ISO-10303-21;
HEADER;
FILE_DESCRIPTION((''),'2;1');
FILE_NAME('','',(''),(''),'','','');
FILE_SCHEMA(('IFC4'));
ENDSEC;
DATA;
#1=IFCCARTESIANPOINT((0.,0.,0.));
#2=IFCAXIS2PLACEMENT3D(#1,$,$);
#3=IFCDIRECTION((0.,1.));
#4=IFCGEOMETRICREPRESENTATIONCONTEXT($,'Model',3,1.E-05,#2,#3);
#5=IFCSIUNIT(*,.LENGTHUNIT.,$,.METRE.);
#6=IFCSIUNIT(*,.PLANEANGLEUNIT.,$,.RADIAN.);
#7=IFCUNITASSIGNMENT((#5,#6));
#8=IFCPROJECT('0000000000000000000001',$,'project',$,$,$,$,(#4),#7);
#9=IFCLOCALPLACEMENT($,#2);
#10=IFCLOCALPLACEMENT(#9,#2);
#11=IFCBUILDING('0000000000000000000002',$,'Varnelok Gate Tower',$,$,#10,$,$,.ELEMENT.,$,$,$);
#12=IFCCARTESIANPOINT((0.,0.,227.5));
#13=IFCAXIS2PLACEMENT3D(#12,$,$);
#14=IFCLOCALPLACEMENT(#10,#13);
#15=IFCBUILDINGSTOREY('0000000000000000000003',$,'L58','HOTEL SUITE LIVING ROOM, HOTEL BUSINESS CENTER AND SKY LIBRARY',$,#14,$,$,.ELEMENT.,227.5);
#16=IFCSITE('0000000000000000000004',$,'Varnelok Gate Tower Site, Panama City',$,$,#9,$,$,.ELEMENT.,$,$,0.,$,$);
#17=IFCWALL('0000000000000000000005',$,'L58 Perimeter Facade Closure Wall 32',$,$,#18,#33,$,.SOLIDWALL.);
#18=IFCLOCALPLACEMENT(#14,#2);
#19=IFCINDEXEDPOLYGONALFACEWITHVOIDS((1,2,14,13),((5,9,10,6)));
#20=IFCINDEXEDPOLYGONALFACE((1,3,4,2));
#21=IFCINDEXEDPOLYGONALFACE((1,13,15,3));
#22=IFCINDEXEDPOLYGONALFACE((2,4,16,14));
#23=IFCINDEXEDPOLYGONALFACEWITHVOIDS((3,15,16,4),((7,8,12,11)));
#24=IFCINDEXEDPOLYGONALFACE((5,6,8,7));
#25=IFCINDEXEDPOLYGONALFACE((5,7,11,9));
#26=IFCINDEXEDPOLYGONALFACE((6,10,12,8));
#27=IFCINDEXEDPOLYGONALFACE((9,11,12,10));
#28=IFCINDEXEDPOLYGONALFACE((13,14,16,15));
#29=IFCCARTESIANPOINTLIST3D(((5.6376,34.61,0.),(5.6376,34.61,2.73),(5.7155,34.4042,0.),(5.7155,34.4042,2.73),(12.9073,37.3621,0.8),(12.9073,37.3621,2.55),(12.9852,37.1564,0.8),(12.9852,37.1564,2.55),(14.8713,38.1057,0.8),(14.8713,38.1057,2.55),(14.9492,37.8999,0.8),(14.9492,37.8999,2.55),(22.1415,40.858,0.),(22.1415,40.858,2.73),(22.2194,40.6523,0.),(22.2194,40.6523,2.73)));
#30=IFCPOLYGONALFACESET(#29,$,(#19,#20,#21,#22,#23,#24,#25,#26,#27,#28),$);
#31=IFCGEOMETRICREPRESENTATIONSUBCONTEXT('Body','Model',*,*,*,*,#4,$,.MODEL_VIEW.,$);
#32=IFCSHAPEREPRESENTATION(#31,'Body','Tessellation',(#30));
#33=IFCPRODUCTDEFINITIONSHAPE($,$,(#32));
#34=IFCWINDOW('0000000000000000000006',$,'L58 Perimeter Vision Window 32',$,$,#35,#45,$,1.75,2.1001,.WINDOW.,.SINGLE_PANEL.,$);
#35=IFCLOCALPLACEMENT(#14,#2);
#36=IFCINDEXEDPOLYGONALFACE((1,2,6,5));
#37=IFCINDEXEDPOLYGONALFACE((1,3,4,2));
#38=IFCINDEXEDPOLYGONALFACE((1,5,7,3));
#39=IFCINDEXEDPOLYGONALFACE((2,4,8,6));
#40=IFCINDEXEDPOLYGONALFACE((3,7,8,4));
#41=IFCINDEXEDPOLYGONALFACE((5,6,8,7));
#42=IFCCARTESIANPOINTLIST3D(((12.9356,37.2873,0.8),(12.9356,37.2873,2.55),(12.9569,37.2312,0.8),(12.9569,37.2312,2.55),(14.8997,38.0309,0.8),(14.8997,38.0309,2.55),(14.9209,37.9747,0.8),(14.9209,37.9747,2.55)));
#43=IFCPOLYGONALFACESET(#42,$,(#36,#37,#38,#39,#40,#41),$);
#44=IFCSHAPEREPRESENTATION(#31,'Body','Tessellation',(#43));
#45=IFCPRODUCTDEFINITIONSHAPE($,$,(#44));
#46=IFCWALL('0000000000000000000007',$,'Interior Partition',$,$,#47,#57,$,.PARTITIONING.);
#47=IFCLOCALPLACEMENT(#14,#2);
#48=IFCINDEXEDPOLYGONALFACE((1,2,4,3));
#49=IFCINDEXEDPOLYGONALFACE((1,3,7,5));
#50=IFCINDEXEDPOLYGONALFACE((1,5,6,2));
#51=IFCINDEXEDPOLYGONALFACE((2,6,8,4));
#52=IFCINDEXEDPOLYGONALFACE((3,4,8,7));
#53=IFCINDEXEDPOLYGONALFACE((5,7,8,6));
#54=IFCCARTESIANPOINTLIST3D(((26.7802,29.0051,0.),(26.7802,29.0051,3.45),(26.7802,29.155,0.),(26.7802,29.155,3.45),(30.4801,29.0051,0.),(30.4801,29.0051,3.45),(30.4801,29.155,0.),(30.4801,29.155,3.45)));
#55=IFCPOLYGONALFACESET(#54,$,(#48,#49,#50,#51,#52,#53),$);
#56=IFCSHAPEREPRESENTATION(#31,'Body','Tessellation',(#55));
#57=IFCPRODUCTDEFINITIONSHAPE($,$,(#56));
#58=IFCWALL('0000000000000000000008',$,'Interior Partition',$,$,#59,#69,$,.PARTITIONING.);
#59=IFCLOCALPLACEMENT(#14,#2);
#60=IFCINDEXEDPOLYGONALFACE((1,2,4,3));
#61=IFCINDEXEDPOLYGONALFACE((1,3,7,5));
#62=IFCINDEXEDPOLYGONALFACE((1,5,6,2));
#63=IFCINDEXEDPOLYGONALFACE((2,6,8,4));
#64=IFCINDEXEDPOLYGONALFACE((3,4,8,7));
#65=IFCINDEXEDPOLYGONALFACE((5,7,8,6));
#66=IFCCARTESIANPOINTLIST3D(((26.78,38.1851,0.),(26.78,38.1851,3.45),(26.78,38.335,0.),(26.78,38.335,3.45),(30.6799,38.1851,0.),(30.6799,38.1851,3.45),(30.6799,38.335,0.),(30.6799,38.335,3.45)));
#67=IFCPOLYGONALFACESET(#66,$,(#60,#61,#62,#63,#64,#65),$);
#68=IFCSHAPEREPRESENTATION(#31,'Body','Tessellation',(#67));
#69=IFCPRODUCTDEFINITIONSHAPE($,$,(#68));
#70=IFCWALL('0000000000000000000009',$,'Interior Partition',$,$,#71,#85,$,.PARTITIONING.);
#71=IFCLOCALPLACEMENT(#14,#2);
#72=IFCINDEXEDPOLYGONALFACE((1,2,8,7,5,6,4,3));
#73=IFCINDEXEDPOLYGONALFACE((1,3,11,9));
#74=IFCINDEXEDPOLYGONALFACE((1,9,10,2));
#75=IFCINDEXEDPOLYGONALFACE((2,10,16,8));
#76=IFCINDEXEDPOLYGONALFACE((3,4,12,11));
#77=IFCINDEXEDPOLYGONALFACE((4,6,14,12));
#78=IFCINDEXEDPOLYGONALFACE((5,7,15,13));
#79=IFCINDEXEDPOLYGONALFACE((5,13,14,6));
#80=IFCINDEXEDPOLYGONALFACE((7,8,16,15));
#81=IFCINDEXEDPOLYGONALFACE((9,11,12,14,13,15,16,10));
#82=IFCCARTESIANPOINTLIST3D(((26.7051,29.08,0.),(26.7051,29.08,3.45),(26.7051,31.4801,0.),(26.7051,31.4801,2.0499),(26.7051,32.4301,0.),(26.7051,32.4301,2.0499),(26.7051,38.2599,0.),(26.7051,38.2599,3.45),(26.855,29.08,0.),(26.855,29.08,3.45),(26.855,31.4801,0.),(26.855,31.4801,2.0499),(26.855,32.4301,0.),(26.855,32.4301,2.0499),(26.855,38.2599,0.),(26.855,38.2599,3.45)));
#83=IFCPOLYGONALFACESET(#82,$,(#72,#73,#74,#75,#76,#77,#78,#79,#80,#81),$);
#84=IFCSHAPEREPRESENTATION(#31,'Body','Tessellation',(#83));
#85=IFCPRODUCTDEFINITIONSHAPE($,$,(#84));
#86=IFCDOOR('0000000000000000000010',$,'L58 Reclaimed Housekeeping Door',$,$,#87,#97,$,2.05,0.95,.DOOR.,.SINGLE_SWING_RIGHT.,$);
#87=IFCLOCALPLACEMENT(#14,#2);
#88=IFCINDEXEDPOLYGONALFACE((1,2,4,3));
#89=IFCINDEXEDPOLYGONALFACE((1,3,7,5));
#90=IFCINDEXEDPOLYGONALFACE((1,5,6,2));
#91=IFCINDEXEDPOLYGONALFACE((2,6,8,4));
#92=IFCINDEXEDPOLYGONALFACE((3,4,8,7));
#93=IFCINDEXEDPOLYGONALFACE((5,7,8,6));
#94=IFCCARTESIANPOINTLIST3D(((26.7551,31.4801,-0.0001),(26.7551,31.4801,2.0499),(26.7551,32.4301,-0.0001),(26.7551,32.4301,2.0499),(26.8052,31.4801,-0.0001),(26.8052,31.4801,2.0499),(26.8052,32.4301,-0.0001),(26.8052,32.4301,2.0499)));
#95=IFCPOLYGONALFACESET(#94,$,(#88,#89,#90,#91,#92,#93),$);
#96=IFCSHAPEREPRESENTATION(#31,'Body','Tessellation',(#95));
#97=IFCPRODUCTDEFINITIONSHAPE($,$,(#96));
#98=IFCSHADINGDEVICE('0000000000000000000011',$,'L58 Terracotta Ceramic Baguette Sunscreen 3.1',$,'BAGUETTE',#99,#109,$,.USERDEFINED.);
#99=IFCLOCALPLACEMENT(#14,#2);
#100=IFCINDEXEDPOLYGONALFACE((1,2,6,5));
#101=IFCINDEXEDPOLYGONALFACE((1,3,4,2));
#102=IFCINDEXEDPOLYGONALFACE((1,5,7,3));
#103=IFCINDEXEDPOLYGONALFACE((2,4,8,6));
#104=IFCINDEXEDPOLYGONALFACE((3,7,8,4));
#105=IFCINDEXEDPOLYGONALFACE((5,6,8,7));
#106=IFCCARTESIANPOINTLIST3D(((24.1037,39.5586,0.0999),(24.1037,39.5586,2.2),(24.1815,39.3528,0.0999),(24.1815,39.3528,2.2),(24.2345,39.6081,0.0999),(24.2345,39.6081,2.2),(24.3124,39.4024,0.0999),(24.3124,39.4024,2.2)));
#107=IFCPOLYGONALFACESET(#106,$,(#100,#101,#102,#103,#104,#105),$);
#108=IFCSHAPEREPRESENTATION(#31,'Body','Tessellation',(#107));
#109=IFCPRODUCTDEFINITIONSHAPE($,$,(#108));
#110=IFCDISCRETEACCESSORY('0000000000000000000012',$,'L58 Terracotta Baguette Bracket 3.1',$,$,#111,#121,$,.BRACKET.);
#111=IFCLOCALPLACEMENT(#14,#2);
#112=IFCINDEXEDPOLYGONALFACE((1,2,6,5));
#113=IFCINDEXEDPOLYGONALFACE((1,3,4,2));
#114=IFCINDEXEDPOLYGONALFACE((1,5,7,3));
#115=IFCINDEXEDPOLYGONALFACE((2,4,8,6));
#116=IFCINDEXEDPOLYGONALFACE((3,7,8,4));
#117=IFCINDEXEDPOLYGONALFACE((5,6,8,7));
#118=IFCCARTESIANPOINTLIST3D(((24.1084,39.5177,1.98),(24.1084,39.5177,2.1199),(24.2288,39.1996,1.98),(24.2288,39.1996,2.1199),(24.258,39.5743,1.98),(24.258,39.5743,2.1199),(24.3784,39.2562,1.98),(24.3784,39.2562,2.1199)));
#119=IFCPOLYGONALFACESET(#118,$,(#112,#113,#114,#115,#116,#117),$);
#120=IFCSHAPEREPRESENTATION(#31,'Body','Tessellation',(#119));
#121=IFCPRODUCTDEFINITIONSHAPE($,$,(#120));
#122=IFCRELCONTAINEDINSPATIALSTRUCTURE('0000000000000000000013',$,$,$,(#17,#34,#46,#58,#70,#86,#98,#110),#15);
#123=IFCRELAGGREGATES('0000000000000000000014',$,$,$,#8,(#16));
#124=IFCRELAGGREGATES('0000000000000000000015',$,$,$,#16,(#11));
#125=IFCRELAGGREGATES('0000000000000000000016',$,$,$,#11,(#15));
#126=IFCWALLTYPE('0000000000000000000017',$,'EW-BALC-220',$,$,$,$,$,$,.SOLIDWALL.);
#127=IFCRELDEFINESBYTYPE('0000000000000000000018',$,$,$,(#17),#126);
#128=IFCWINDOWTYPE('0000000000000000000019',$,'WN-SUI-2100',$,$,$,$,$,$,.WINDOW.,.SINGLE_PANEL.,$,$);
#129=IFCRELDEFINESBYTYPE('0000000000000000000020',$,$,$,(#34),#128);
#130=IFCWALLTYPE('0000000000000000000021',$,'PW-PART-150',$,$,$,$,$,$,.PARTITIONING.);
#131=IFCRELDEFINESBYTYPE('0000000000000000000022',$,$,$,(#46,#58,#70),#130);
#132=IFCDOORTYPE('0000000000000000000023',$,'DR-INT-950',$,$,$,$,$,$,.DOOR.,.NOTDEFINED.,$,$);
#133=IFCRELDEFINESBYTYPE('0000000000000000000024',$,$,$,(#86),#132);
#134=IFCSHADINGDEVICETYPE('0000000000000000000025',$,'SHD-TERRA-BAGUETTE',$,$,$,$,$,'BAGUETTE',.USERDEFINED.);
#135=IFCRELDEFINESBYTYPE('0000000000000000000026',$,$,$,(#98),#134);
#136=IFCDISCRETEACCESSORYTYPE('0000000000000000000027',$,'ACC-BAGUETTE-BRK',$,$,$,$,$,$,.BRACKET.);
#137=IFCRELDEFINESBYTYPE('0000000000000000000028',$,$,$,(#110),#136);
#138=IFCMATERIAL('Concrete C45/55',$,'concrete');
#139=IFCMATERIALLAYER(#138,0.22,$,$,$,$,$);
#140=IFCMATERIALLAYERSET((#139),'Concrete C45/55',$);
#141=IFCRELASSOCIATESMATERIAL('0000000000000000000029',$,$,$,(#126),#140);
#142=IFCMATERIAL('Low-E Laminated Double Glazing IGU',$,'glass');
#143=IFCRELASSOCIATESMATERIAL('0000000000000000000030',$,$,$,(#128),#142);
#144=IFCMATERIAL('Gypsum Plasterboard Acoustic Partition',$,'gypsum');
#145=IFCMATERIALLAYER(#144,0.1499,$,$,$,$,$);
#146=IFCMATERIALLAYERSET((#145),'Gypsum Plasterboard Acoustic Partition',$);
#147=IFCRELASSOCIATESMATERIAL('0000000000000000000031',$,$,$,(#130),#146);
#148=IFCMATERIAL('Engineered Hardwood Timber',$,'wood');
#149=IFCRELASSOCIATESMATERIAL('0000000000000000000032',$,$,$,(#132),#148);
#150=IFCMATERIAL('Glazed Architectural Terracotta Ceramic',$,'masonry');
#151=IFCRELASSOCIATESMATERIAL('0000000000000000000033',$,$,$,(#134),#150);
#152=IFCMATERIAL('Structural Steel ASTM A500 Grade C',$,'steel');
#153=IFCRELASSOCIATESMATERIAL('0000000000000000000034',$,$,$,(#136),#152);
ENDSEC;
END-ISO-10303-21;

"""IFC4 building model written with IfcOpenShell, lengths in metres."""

from ifc_helpers import new_model, si_unit, direction, frame, frame_2d, origin, origin_2d, place, context, subcontext, project, spatial, rectangle, extrude, source, transform, mapped, material, layer, layer_set, type_object, element, fill, save


model = new_model("IFC4")

# Units and contexts
model_context = context("Model", 3, precision=1e-05, world=origin(), true_north=direction((0.0, 1.0)))
body_context = subcontext(model_context, "Body", "Model", "MODEL_VIEW")
ifc_project = project(units=[si_unit("LENGTHUNIT", "METRE"), si_unit("PLANEANGLEUNIT", "RADIAN")], contexts=[model_context])

# Site, building, storey
site_placement = place(None, origin())
site = spatial("IfcSite", under=ifc_project, at=site_placement, Name="Varnelok Gate Tower Site, Panama City", CompositionType="ELEMENT", RefElevation=0.0)
building_placement = place(site_placement, origin())
building = spatial("IfcBuilding", under=site, at=building_placement, Name="Varnelok Gate Tower", CompositionType="ELEMENT")
storey_placement = place(building_placement, frame((0.0, 0.0, 227.5)))
storey = spatial("IfcBuildingStorey", under=building, at=storey_placement, Name="L58", Description="HOTEL SUITE LIVING ROOM, HOTEL BUSINESS CENTER AND SKY LIBRARY", CompositionType="ELEMENT", Elevation=227.5)

# Shared definitions
ifc_material_1 = material(Name="Concrete C45/55", Category="concrete")
ifc_layer_1 = layer(ifc_material_1, 0.22)
ifc_layer_set_1 = layer_set([ifc_layer_1], Name="Concrete C45/55")
wall_type_1 = type_object("IfcWallType", Name="EW-BALC-220", PredefinedType="SOLIDWALL", material=ifc_layer_set_1)
ifc_material_2 = material(Name="Low-E Laminated Double Glazing IGU", Category="glass")

# Wall, opening, window
wall_1_placement = place(storey_placement, frame((22.1804, 40.7551, 0.0), z_axis=(0.0, 0.0, 1.0), x_axis=(-0.935224, -0.354057, 0.0)))
wall_1 = element("IfcWall", 1, at=wall_1_placement, inside=storey, type_object=wall_type_1, Name="L58 Perimeter Facade Closure Wall 32", PredefinedType="SOLIDWALL", context=body_context, shape_type="SweptSolid", body=[
    extrude(rectangle(XDim=17.647, YDim=0.22, at=frame_2d((8.8235, 0.0))), origin(), (0.0, 0.0, 1.0), 2.73),
])
opening_1_placement = place(wall_1_placement, frame((7.7737, 0.0, 0.8)))
opening_1 = element("IfcOpeningElement", 2, at=opening_1_placement, cuts=wall_1, PredefinedType="OPENING", context=body_context, shape_type="SweptSolid", body=[
    extrude(rectangle(XDim=2.1001, YDim=1.75, at=frame_2d((1.05, 0.875))), frame((0.0, 0.1199, 0.0), z_axis=(0.0, -1.0, 0.0), x_axis=(1.0, 0.0, 0.0)), (0.0, 0.0, 1.0), 0.24),
])
window_type_1 = type_object("IfcWindowType", Name="WN-SUI-2100", PartitioningType="SINGLE_PANEL", PredefinedType="WINDOW", material=ifc_material_2)
window_1_placement = place(opening_1_placement, origin())
window_1 = element("IfcWindow", 3, at=window_1_placement, inside=storey, type_object=window_type_1, Name="L58 Perimeter Vision Window 32", OverallHeight=1.75, OverallWidth=2.1001, PartitioningType="SINGLE_PANEL", PredefinedType="WINDOW", context=body_context, shape_type="SweptSolid", body=[
    extrude(rectangle(XDim=2.1001, YDim=1.75, at=frame_2d((1.05, 0.875))), frame((0.0, 0.03, 0.0), z_axis=(0.0, -1.0, 0.0), x_axis=(1.0, 0.0, 0.0)), (0.0, 0.0, 1.0), 0.0601),
])
fill(opening_1, window_1)

# Walls
ifc_material_3 = material(Name="Gypsum Plasterboard Acoustic Partition", Category="gypsum")
ifc_layer_2 = layer(ifc_material_3, 0.1499)
ifc_layer_set_2 = layer_set([ifc_layer_2], Name="Gypsum Plasterboard Acoustic Partition")
wall_type_2 = type_object("IfcWallType", Name="PW-PART-150", PredefinedType="PARTITIONING", material=ifc_layer_set_2)
wall_2_placement = place(storey_placement, frame((26.78, 29.0801, 0.0), z_axis=(0.0, 0.0, 1.0), x_axis=(1.0, 0.0, 0.0)))
element("IfcWall", 4, at=wall_2_placement, inside=storey, type_object=wall_type_2, Name="Interior Partition", PredefinedType="PARTITIONING", context=body_context, shape_type="SweptSolid", body=[
    extrude(rectangle(XDim=3.7, YDim=0.1499, at=frame_2d((1.8501, 0.0))), origin(), (0.0, 0.0, 1.0), 3.45),
])
wall_3_placement = place(storey_placement, frame((26.78, 38.26, 0.0), z_axis=(0.0, 0.0, 1.0), x_axis=(1.0, 0.0, 0.0)))
element("IfcWall", 5, at=wall_3_placement, inside=storey, type_object=wall_type_2, Name="Interior Partition", PredefinedType="PARTITIONING", context=body_context, shape_type="SweptSolid", body=[
    extrude(rectangle(XDim=3.8999, YDim=0.1499, at=frame_2d((1.95, 0.0))), origin(), (0.0, 0.0, 1.0), 3.45),
])

# Wall, opening, door
wall_4_placement = place(storey_placement, frame((26.78, 29.0801, 0.0), z_axis=(0.0, 0.0, 1.0), x_axis=(0.0, 1.0, 0.0)))
wall_4 = element("IfcWall", 6, at=wall_4_placement, inside=storey, type_object=wall_type_2, Name="Interior Partition", PredefinedType="PARTITIONING", context=body_context, shape_type="SweptSolid", body=[
    extrude(rectangle(XDim=9.1799, YDim=0.1499, at=frame_2d((4.5898, 0.0))), origin(), (0.0, 0.0, 1.0), 3.45),
])
opening_2_placement = place(wall_4_placement, frame((2.3999, 0.0, 0.0)))
opening_2 = element("IfcOpeningElement", 7, at=opening_2_placement, cuts=wall_4, PredefinedType="OPENING", context=body_context, shape_type="SweptSolid", body=[
    extrude(rectangle(XDim=0.95, YDim=2.05, at=frame_2d((0.4751, 1.0249))), frame((0.0, 0.085, 0.0), z_axis=(0.0, -1.0, 0.0), x_axis=(1.0, 0.0, 0.0)), (0.0, 0.0, 1.0), 0.1699),
])
ifc_material_4 = material(Name="Engineered Hardwood Timber", Category="wood")
door_type_1 = type_object("IfcDoorType", Name="DR-INT-950", OperationType="NOTDEFINED", PredefinedType="DOOR", material=ifc_material_4)
door_1_placement = place(opening_2_placement, origin())
door_1 = element("IfcDoor", 8, at=door_1_placement, inside=storey, type_object=door_type_1, Name="L58 Reclaimed Housekeeping Door", OperationType="SINGLE_SWING_RIGHT", OverallHeight=2.05, OverallWidth=0.95, PredefinedType="DOOR", context=body_context, shape_type="SweptSolid", body=[
    extrude(rectangle(XDim=0.95, YDim=2.05, at=frame_2d((0.4751, 1.0249))), frame((0.0, 0.0249, 0.0), z_axis=(0.0, -1.0, 0.0), x_axis=(1.0, 0.0, 0.0)), (0.0, 0.0, 1.0), 0.05),
])
fill(opening_2, door_1)

# Shading device
ifc_material_5 = material(Name="Glazed Architectural Terracotta Ceramic", Category="masonry")
shading_device_type = type_object("IfcShadingDeviceType", Name="SHD-TERRA-BAGUETTE", ElementType="BAGUETTE", PredefinedType="USERDEFINED", material=ifc_material_5)
shared_shape_1 = source(origin(), body_context, "Body", "SweptSolid", [
    extrude(rectangle(XDim=0.1399, YDim=0.22, at=origin_2d()), origin(), (0.0, 0.0, 1.0), 2.1001),
])
shading_device_placement = place(storey_placement, frame((24.208, 39.4805, 0.0999), z_axis=(0.0, 0.0, 1.0), x_axis=(0.935222, 0.354063, 0.0)))
element("IfcShadingDevice", 9, at=shading_device_placement, inside=storey, type_object=shading_device_type, Name="L58 Terracotta Ceramic Baguette Sunscreen 3.1", ObjectType="BAGUETTE", PredefinedType="USERDEFINED", context=body_context, shape_type="MappedRepresentation", body=[
    mapped(shared_shape_1, transform((0.0, 0.0, 0.0), scale=1.0)),
])

# Discrete accessory
ifc_material_6 = material(Name="Structural Steel ASTM A500 Grade C", Category="steel")
discrete_accessory_type = type_object("IfcDiscreteAccessoryType", Name="ACC-BAGUETTE-BRK", PredefinedType="BRACKET", material=ifc_material_6)
shared_shape_2 = source(origin(), body_context, "Body", "SweptSolid", [
    extrude(rectangle(XDim=0.1599, YDim=0.3401, at=origin_2d()), origin(), (0.0, 0.0, 1.0), 0.1399),
])
discrete_accessory_placement = place(storey_placement, frame((24.2434, 39.387, 1.98), z_axis=(0.0, 0.0, 1.0), x_axis=(0.935222, 0.354063, 0.0)))
element("IfcDiscreteAccessory", 10, at=discrete_accessory_placement, inside=storey, type_object=discrete_accessory_type, Name="L58 Terracotta Baguette Bracket 3.1", PredefinedType="BRACKET", context=body_context, shape_type="MappedRepresentation", body=[
    mapped(shared_shape_2, transform((0.0, 0.0, 0.0), scale=1.0)),
])

save(model, "model.ifc")
